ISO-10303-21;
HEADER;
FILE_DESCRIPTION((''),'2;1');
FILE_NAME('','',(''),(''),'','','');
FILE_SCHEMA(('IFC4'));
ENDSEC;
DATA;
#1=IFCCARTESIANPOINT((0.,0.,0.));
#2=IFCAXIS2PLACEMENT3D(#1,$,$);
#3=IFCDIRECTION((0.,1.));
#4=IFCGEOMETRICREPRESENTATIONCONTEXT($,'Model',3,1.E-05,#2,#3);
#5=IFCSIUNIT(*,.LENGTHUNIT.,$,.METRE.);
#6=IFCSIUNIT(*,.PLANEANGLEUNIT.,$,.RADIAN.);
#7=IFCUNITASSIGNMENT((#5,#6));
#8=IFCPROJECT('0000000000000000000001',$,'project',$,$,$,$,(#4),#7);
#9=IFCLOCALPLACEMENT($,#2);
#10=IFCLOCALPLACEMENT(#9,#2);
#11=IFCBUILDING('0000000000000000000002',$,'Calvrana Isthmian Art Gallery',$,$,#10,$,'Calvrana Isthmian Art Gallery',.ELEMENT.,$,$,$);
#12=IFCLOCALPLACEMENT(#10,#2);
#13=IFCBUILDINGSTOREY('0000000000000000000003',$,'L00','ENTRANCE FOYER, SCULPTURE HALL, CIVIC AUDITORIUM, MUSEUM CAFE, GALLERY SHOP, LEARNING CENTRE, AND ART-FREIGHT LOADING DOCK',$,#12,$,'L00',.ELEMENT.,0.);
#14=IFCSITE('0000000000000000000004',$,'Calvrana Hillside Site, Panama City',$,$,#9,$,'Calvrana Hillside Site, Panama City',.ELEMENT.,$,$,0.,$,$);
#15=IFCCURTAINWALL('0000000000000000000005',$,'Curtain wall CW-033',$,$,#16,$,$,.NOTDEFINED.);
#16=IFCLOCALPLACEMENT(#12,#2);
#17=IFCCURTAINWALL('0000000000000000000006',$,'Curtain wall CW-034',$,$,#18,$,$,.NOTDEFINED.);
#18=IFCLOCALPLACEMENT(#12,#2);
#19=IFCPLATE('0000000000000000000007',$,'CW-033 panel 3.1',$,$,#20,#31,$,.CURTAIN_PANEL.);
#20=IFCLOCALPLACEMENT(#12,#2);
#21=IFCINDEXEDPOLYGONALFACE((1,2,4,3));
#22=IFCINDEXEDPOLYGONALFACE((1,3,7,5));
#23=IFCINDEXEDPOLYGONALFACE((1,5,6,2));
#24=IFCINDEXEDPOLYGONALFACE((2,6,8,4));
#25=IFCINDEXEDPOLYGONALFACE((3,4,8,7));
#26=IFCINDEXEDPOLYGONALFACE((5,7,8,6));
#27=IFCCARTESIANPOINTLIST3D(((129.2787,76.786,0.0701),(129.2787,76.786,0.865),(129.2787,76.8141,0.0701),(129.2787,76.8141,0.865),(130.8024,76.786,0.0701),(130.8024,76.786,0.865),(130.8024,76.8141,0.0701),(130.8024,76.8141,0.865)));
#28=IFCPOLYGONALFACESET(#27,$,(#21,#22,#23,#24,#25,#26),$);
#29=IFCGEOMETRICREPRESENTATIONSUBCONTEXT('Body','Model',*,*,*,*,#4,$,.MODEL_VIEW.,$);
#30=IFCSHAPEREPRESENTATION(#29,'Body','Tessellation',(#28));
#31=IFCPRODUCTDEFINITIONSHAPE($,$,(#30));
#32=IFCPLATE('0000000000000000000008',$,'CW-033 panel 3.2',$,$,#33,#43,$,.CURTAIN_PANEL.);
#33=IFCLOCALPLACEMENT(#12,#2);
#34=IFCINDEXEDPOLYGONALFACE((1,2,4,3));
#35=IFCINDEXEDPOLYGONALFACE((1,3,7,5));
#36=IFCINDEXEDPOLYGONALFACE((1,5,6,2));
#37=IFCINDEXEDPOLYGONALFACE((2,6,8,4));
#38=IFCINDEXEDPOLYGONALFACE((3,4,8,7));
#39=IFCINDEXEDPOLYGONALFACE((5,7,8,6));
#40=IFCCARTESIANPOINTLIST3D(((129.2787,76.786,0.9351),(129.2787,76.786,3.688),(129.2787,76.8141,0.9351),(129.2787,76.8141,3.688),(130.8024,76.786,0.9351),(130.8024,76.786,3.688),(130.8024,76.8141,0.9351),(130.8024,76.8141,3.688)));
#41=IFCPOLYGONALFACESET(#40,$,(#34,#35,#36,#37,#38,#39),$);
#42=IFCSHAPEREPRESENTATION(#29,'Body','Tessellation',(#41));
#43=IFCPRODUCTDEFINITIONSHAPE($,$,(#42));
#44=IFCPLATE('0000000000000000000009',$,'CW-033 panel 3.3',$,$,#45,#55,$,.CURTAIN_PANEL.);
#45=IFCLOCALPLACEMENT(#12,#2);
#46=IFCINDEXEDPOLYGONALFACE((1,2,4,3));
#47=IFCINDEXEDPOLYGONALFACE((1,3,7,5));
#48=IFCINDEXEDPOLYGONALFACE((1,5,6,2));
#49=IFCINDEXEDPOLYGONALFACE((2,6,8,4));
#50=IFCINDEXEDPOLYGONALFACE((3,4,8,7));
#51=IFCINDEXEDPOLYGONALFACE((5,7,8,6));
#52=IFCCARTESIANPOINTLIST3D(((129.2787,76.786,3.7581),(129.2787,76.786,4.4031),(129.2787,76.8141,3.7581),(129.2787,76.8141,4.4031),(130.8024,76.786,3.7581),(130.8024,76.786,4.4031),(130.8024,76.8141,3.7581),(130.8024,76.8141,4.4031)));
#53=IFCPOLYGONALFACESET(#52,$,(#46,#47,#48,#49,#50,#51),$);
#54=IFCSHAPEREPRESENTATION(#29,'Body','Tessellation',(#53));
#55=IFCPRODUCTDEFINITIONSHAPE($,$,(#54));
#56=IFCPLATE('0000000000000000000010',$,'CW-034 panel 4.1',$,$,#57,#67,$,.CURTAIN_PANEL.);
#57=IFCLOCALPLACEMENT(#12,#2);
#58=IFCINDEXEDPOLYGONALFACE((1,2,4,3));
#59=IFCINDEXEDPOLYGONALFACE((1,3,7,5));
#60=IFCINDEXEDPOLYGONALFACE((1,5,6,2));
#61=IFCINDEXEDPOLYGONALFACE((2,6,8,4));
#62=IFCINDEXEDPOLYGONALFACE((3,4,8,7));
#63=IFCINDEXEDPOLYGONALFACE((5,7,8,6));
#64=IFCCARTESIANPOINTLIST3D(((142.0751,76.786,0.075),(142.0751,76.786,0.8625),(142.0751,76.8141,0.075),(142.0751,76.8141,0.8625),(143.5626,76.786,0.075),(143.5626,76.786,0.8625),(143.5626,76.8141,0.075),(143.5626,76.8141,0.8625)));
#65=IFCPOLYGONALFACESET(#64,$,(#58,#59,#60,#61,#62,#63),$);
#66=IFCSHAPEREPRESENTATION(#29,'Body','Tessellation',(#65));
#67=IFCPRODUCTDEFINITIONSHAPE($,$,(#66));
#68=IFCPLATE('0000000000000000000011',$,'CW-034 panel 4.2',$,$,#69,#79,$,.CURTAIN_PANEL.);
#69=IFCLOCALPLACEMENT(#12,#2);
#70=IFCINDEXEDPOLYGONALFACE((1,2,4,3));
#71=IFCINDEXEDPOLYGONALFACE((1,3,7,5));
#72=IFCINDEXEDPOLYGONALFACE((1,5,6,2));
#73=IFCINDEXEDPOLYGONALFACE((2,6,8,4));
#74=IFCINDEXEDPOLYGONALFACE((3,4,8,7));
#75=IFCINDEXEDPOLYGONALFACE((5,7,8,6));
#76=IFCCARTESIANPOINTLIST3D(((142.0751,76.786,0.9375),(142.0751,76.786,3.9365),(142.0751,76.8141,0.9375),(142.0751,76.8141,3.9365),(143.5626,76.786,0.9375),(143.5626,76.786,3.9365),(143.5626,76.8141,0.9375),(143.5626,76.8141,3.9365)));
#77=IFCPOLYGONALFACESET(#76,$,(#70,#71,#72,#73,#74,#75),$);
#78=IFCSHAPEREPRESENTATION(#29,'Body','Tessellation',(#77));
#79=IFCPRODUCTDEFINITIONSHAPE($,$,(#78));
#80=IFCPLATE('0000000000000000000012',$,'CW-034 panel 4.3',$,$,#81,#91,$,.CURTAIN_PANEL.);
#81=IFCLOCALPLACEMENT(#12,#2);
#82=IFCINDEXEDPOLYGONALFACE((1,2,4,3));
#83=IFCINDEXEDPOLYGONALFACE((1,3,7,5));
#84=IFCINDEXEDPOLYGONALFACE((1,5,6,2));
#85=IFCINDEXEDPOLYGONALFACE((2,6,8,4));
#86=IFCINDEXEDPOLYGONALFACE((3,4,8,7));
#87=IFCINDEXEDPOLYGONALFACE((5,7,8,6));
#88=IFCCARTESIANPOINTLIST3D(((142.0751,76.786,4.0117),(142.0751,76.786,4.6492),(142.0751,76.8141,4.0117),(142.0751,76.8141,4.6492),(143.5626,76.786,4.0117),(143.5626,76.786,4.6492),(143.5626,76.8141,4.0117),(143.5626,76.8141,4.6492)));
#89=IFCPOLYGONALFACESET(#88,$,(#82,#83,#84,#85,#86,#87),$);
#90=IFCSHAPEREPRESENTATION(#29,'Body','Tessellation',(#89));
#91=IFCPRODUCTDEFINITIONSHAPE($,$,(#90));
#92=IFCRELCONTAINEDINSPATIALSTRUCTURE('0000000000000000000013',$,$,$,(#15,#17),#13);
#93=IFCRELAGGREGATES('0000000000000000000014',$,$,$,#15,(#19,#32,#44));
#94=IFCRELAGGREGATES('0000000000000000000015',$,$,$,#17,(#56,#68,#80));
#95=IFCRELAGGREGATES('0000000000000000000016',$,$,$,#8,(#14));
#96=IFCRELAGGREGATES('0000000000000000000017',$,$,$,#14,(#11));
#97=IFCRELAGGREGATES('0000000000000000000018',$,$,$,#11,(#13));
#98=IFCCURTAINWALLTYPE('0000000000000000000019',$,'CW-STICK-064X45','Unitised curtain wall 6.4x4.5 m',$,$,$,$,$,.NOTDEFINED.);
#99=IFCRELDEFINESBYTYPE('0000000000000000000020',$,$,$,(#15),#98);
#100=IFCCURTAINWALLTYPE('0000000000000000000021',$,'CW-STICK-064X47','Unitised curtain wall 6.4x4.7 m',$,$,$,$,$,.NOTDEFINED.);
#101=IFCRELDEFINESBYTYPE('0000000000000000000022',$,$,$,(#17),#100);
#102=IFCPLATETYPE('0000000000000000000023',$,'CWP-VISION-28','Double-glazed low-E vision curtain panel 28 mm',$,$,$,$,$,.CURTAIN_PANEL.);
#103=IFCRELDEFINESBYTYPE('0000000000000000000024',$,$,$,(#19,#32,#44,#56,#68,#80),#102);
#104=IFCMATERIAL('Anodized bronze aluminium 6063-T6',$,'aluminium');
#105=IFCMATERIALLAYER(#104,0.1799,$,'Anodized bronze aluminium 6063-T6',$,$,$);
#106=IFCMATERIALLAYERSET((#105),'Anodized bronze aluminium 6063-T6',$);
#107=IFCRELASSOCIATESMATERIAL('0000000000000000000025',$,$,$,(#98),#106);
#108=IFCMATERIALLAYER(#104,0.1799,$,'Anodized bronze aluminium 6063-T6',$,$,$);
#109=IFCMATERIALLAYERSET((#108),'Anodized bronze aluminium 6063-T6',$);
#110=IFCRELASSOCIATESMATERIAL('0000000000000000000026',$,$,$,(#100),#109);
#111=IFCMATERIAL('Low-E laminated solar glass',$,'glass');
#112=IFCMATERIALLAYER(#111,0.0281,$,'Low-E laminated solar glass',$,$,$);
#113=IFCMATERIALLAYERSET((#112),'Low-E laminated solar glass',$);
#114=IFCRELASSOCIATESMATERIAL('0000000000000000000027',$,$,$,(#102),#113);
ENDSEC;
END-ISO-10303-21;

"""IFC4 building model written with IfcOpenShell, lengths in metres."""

from ifc_helpers import new_model, si_unit, direction, frame, origin, origin_2d, place, context, subcontext, project, spatial, rectangle, extrude, material, layer, layer_set, type_object, element, aggregate, save


model = new_model("IFC4")

# Units and contexts
model_context = context("Model", 3, precision=1e-05, world=origin(), true_north=direction((0.0, 1.0)))
body_context = subcontext(model_context, "Body", "Model", "MODEL_VIEW")
ifc_project = project(units=[si_unit("LENGTHUNIT", "METRE"), si_unit("PLANEANGLEUNIT", "RADIAN")], contexts=[model_context])

# Site, building, storey
site_placement = place(None, origin())
site = spatial("IfcSite", under=ifc_project, at=site_placement, Name="Calvrana Hillside Site, Panama City", LongName="Calvrana Hillside Site, Panama City", CompositionType="ELEMENT", RefElevation=0.0)
building_placement = place(site_placement, origin())
building = spatial("IfcBuilding", under=site, at=building_placement, Name="Calvrana Isthmian Art Gallery", LongName="Calvrana Isthmian Art Gallery", CompositionType="ELEMENT")
storey_placement = place(building_placement, origin())
storey = spatial("IfcBuildingStorey", under=building, at=storey_placement, Name="L00", Description="ENTRANCE FOYER, SCULPTURE HALL, CIVIC AUDITORIUM, MUSEUM CAFE, GALLERY SHOP, LEARNING CENTRE, AND ART-FREIGHT LOADING DOCK", LongName="L00", CompositionType="ELEMENT", Elevation=0.0)

# Curtain wall
ifc_material_1 = material(Name="Anodized bronze aluminium 6063-T6", Category="aluminium")
ifc_layer_1 = layer(ifc_material_1, 0.1799, Name="Anodized bronze aluminium 6063-T6")
ifc_layer_set_1 = layer_set([ifc_layer_1], Name="Anodized bronze aluminium 6063-T6")
curtain_wall_type_1 = type_object("IfcCurtainWallType", Name="CW-STICK-064X45", Description="Unitised curtain wall 6.4x4.5 m", PredefinedType="NOTDEFINED", material=ifc_layer_set_1)
curtain_wall_1_placement = place(storey_placement, origin())
curtain_wall_1 = element("IfcCurtainWall", 1, at=curtain_wall_1_placement, inside=storey, type_object=curtain_wall_type_1, Name="Curtain wall CW-033", PredefinedType="NOTDEFINED")

# Curtain wall
ifc_layer_2 = layer(ifc_material_1, 0.1799, Name="Anodized bronze aluminium 6063-T6")
ifc_layer_set_2 = layer_set([ifc_layer_2], Name="Anodized bronze aluminium 6063-T6")
curtain_wall_type_2 = type_object("IfcCurtainWallType", Name="CW-STICK-064X47", Description="Unitised curtain wall 6.4x4.7 m", PredefinedType="NOTDEFINED", material=ifc_layer_set_2)
curtain_wall_2_placement = place(storey_placement, origin())
curtain_wall_2 = element("IfcCurtainWall", 2, at=curtain_wall_2_placement, inside=storey, type_object=curtain_wall_type_2, Name="Curtain wall CW-034", PredefinedType="NOTDEFINED")

# Plates
ifc_material_2 = material(Name="Low-E laminated solar glass", Category="glass")
ifc_layer_3 = layer(ifc_material_2, 0.0281, Name="Low-E laminated solar glass")
ifc_layer_set_3 = layer_set([ifc_layer_3], Name="Low-E laminated solar glass")
plate_type = type_object("IfcPlateType", Name="CWP-VISION-28", Description="Double-glazed low-E vision curtain panel 28 mm", PredefinedType="CURTAIN_PANEL", material=ifc_layer_set_3)
plate_1_placement = place(storey_placement, frame((130.0405, 76.8, 0.0701), z_axis=(0.0, 0.0, 1.0), x_axis=(-1.0, 0.0, 0.0)))
plate_1 = element("IfcPlate", 3, at=plate_1_placement, type_object=plate_type, Name="CW-033 panel 3.1", PredefinedType="CURTAIN_PANEL", context=body_context, shape_type="SweptSolid", body=[
    extrude(rectangle(XDim=1.5237, YDim=0.0281, at=origin_2d()), origin(), (0.0, 0.0, 1.0), 0.7949),
])
plate_2_placement = place(storey_placement, frame((130.0405, 76.8, 0.9351), z_axis=(0.0, 0.0, 1.0), x_axis=(-1.0, 0.0, 0.0)))
plate_2 = element("IfcPlate", 4, at=plate_2_placement, type_object=plate_type, Name="CW-033 panel 3.2", PredefinedType="CURTAIN_PANEL", context=body_context, shape_type="SweptSolid", body=[
    extrude(rectangle(XDim=1.5237, YDim=0.0281, at=origin_2d()), origin(), (0.0, 0.0, 1.0), 2.7529),
])
plate_3_placement = place(storey_placement, frame((130.0405, 76.8, 3.7581), z_axis=(0.0, 0.0, 1.0), x_axis=(-1.0, 0.0, 0.0)))
plate_3 = element("IfcPlate", 5, at=plate_3_placement, type_object=plate_type, Name="CW-033 panel 3.3", PredefinedType="CURTAIN_PANEL", context=body_context, shape_type="SweptSolid", body=[
    extrude(rectangle(XDim=1.5237, YDim=0.0281, at=origin_2d()), origin(), (0.0, 0.0, 1.0), 0.645),
])
aggregate(curtain_wall_1, [plate_1, plate_2, plate_3])
plate_4_placement = place(storey_placement, frame((142.8188, 76.8, 0.075), z_axis=(0.0, 0.0, 1.0), x_axis=(-1.0, 0.0, 0.0)))
plate_4 = element("IfcPlate", 6, at=plate_4_placement, type_object=plate_type, Name="CW-034 panel 4.1", PredefinedType="CURTAIN_PANEL", context=body_context, shape_type="SweptSolid", body=[
    extrude(rectangle(XDim=1.4875, YDim=0.0281, at=origin_2d()), origin(), (0.0, 0.0, 1.0), 0.7876),
])
plate_5_placement = place(storey_placement, frame((142.8188, 76.8, 0.9375), z_axis=(0.0, 0.0, 1.0), x_axis=(-1.0, 0.0, 0.0)))
plate_5 = element("IfcPlate", 7, at=plate_5_placement, type_object=plate_type, Name="CW-034 panel 4.2", PredefinedType="CURTAIN_PANEL", context=body_context, shape_type="SweptSolid", body=[
    extrude(rectangle(XDim=1.4875, YDim=0.0281, at=origin_2d()), origin(), (0.0, 0.0, 1.0), 2.999),
])
plate_6_placement = place(storey_placement, frame((142.8188, 76.8, 4.0117), z_axis=(0.0, 0.0, 1.0), x_axis=(-1.0, 0.0, 0.0)))
plate_6 = element("IfcPlate", 8, at=plate_6_placement, type_object=plate_type, Name="CW-034 panel 4.3", PredefinedType="CURTAIN_PANEL", context=body_context, shape_type="SweptSolid", body=[
    extrude(rectangle(XDim=1.4875, YDim=0.0281, at=origin_2d()), origin(), (0.0, 0.0, 1.0), 0.6375),
])
aggregate(curtain_wall_2, [plate_4, plate_5, plate_6])

save(model, "model.ifc")
